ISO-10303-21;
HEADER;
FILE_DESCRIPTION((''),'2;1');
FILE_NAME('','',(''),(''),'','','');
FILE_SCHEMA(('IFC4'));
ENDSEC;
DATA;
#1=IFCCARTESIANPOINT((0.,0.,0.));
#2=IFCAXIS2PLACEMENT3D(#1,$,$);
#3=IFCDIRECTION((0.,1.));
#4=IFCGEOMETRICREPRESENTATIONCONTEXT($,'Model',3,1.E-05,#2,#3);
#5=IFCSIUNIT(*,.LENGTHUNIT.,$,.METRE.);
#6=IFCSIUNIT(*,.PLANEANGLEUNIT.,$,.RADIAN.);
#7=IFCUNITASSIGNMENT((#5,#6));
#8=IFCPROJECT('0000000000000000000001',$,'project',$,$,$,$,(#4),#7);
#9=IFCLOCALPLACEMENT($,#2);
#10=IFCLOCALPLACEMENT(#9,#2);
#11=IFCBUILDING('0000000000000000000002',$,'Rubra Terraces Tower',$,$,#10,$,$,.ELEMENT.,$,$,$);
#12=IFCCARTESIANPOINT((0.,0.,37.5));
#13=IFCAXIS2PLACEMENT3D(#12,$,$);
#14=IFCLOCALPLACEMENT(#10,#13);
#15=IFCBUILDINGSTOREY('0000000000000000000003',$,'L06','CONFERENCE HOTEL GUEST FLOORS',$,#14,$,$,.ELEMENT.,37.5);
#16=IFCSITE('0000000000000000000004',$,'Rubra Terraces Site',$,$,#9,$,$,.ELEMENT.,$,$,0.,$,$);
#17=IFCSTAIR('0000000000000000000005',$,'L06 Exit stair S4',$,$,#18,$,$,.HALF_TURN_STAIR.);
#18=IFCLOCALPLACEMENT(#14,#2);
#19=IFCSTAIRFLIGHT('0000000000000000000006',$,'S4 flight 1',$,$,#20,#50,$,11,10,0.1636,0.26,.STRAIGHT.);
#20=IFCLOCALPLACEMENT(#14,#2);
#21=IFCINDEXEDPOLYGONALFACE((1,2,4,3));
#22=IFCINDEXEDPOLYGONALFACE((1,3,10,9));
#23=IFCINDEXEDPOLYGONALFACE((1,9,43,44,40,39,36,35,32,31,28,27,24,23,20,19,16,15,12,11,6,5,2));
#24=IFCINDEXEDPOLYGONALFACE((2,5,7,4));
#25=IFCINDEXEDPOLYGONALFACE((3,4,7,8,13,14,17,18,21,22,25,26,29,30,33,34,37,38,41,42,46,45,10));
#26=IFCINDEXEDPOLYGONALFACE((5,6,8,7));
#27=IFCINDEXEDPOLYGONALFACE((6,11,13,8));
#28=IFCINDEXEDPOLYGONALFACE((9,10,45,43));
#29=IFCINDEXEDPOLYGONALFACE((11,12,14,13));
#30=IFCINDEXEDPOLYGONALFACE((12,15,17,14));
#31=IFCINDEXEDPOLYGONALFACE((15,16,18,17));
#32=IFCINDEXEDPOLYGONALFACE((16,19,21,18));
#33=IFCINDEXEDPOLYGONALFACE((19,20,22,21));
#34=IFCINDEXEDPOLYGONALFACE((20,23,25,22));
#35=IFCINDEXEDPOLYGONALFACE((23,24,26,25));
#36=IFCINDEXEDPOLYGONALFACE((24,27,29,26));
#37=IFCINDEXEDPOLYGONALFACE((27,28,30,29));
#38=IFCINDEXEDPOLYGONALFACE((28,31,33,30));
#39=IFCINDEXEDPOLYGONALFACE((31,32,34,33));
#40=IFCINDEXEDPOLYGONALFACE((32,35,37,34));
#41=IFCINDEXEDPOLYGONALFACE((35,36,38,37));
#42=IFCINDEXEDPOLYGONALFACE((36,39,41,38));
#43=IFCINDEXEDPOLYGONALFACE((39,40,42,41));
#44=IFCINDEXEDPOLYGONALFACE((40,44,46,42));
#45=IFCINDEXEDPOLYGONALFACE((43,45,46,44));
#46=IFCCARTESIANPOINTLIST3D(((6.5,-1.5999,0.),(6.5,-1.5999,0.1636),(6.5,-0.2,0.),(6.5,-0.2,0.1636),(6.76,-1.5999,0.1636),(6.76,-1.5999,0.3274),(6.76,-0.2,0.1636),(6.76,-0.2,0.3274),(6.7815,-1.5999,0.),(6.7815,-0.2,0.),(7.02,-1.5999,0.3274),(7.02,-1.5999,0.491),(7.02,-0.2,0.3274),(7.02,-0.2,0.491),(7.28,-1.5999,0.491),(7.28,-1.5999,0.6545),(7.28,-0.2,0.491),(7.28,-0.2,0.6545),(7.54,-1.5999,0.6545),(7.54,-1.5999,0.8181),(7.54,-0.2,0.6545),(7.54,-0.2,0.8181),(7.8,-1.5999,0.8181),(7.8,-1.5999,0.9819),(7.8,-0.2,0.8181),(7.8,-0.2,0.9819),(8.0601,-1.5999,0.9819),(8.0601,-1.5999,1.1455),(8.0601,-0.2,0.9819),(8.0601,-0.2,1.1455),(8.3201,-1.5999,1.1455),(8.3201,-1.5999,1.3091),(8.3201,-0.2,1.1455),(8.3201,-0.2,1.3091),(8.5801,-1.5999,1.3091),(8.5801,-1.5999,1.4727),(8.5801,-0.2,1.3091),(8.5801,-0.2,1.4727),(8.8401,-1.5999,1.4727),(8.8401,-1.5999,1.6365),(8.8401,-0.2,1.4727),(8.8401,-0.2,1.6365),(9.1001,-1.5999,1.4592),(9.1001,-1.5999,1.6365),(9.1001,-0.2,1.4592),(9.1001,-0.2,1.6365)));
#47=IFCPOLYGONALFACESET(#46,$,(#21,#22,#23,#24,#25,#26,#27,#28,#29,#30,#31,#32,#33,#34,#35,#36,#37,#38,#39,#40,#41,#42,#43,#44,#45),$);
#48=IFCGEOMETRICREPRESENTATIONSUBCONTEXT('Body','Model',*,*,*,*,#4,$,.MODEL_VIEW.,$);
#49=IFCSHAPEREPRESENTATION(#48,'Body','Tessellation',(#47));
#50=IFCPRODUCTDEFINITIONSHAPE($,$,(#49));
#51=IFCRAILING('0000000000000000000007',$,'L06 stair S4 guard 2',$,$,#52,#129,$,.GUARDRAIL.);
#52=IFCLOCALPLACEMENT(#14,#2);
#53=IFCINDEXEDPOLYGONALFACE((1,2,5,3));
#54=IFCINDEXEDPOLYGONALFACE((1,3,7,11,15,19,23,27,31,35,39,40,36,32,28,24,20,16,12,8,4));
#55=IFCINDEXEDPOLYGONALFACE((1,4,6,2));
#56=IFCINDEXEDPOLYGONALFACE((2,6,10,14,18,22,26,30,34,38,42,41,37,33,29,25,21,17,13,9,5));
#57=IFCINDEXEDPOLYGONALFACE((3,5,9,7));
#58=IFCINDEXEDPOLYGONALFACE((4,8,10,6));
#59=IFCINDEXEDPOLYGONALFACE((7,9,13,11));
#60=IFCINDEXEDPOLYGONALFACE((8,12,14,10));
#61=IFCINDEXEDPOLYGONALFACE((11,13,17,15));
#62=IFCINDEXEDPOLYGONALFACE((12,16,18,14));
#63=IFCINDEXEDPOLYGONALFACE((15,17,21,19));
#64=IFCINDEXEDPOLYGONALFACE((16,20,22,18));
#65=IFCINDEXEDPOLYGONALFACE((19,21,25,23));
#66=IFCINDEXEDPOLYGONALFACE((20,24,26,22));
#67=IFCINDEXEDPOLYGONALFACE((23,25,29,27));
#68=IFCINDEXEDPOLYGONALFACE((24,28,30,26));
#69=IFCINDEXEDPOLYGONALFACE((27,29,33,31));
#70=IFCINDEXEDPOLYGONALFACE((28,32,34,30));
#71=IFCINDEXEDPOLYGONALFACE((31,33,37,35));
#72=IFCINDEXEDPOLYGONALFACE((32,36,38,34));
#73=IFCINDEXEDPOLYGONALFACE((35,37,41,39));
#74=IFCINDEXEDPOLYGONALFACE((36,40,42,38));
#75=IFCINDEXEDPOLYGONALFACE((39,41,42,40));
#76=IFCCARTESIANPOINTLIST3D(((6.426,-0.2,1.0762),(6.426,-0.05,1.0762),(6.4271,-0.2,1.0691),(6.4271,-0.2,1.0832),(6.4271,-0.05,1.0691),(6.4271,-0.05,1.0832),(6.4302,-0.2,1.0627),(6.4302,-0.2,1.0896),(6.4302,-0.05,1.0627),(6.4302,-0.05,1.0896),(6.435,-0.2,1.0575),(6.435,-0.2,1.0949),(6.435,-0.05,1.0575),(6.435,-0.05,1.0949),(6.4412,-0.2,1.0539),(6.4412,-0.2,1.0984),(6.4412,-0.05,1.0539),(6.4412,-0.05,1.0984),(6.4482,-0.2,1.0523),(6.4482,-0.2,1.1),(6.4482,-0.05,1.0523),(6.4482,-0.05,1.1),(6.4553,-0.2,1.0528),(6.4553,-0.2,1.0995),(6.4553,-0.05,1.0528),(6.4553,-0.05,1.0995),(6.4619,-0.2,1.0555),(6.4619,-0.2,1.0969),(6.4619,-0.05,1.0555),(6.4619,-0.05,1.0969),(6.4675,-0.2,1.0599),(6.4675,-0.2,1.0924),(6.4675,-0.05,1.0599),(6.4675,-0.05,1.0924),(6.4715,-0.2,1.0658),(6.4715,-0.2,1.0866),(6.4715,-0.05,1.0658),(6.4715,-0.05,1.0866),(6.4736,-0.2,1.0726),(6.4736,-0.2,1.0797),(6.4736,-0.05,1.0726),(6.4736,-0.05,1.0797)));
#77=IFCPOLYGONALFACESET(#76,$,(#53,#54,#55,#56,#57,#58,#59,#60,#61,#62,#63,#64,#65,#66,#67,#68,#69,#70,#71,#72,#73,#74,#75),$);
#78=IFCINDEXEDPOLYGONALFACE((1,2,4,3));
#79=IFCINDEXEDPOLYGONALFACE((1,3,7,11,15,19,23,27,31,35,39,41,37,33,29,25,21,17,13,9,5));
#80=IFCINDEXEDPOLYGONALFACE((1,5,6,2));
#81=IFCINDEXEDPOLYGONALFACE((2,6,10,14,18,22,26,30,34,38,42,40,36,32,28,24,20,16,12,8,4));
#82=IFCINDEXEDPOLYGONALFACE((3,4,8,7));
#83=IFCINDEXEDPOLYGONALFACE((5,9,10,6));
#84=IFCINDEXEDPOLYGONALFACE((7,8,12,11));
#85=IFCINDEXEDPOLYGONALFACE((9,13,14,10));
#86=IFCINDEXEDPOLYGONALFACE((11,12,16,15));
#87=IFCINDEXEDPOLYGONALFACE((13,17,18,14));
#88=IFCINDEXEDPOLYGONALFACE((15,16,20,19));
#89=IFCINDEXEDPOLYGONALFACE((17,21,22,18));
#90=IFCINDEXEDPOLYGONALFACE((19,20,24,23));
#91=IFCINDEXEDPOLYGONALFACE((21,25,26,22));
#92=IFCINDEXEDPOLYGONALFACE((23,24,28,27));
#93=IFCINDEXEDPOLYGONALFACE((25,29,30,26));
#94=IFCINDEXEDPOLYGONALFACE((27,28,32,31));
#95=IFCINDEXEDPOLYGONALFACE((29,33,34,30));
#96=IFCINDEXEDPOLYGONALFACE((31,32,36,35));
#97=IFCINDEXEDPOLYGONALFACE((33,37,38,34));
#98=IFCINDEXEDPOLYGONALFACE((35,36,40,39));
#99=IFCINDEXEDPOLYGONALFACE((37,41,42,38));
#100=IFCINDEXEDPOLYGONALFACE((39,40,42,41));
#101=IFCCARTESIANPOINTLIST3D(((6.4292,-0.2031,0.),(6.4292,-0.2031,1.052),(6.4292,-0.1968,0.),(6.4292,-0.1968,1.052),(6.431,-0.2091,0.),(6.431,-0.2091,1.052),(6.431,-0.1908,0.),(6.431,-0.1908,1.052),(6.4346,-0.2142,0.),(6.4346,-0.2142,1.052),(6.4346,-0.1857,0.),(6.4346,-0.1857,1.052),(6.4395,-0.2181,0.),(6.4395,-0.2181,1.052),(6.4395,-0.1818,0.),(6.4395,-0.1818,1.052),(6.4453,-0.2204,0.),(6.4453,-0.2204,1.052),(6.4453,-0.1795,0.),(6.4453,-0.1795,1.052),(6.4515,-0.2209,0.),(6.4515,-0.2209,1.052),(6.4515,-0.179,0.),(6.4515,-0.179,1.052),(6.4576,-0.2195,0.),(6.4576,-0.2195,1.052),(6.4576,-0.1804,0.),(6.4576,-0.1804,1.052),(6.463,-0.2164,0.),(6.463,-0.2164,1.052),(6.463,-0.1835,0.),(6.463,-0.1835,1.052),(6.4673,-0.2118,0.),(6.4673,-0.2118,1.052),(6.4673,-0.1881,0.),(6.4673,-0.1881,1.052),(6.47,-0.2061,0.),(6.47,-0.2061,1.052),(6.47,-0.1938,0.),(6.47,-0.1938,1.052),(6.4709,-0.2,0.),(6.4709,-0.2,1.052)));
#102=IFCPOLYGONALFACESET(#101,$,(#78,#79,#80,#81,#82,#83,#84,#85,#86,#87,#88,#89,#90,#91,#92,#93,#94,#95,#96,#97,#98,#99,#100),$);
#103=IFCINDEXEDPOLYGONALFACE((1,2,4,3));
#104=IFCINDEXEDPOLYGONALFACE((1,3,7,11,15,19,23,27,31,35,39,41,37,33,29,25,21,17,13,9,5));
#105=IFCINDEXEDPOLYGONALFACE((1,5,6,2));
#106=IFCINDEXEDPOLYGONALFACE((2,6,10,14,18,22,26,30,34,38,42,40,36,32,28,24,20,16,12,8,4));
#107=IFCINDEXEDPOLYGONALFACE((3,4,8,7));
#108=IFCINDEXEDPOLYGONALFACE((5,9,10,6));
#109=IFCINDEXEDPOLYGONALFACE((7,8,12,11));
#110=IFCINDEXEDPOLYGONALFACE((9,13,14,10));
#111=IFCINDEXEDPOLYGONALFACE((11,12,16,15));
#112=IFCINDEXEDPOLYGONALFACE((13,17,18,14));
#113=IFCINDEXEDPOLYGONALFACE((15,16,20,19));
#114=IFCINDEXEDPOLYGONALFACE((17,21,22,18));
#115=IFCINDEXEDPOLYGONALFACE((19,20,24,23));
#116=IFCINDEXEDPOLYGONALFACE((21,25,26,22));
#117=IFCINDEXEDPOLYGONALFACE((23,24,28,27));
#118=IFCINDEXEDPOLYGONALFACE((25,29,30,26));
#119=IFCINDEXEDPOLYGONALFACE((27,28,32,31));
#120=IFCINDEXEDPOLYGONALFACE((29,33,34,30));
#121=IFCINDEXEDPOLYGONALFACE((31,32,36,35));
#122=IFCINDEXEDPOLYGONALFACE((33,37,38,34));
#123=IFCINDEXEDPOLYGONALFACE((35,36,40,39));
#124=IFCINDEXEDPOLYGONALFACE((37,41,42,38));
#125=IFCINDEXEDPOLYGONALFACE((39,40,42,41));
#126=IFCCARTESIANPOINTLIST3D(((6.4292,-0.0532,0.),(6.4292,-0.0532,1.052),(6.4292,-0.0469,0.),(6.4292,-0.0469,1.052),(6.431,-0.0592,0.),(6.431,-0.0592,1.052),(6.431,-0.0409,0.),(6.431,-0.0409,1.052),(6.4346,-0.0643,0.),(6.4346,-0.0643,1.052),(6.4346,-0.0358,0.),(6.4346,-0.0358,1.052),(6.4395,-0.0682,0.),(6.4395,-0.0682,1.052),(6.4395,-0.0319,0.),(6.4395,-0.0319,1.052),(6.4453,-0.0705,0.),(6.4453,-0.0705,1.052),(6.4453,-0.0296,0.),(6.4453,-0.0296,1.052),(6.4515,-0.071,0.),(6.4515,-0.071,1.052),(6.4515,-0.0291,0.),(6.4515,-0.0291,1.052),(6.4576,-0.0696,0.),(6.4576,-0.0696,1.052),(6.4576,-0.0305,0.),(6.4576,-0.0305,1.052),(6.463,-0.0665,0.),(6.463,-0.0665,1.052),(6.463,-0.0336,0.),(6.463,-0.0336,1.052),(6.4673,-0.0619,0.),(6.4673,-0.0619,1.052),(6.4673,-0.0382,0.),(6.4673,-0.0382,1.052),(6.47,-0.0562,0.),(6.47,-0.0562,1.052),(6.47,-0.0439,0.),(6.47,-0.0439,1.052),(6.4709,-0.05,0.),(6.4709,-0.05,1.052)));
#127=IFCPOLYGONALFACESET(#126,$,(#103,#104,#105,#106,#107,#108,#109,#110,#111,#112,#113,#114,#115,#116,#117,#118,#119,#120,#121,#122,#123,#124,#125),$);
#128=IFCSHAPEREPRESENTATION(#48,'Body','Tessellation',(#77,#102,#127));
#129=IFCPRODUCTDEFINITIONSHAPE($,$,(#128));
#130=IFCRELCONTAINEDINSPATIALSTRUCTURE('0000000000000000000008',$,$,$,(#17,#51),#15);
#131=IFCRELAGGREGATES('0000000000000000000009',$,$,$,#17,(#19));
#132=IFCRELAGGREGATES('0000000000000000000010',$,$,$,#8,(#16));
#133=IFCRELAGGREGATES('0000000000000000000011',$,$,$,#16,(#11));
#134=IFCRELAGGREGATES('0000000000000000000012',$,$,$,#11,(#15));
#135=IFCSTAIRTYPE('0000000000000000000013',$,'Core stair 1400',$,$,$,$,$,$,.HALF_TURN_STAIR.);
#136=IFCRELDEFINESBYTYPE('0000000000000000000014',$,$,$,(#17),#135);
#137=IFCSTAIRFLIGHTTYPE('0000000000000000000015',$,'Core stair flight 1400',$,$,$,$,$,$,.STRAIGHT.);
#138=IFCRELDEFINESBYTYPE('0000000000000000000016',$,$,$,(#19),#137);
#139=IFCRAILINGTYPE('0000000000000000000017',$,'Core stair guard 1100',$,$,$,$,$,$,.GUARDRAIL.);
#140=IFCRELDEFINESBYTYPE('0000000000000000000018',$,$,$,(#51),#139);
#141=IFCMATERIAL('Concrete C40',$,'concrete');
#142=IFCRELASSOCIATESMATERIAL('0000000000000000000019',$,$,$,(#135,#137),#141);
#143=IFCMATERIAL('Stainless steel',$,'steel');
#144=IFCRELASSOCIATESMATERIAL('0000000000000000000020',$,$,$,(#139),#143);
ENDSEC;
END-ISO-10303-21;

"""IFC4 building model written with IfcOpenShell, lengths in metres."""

from ifc_helpers import new_model, si_unit, direction, frame, origin, origin_2d, place, context, subcontext, project, spatial, polyline, circle, outline, extrude, material, type_object, element, aggregate, save


model = new_model("IFC4")

# Units and contexts
model_context = context("Model", 3, precision=1e-05, world=origin(), true_north=direction((0.0, 1.0)))
body_context = subcontext(model_context, "Body", "Model", "MODEL_VIEW")
ifc_project = project(units=[si_unit("LENGTHUNIT", "METRE"), si_unit("PLANEANGLEUNIT", "RADIAN")], contexts=[model_context])

# Site, building, storey
site_placement = place(None, origin())
site = spatial("IfcSite", under=ifc_project, at=site_placement, Name="Rubra Terraces Site", CompositionType="ELEMENT", RefElevation=0.0)
building_placement = place(site_placement, origin())
building = spatial("IfcBuilding", under=site, at=building_placement, Name="Rubra Terraces Tower", CompositionType="ELEMENT")
storey_placement = place(building_placement, frame((0.0, 0.0, 37.5)))
storey = spatial("IfcBuildingStorey", under=building, at=storey_placement, Name="L06", Description="CONFERENCE HOTEL GUEST FLOORS", CompositionType="ELEMENT", Elevation=37.5)

# Stair
ifc_material_1 = material(Name="Concrete C40", Category="concrete")
stair_type = type_object("IfcStairType", Name="Core stair 1400", PredefinedType="HALF_TURN_STAIR", material=ifc_material_1)
stair_1_placement = place(storey_placement, origin())
stair_1 = element("IfcStair", 1, at=stair_1_placement, inside=storey, type_object=stair_type, Name="L06 Exit stair S4", PredefinedType="HALF_TURN_STAIR")

# Stair flight
stair_flight_type = type_object("IfcStairFlightType", Name="Core stair flight 1400", PredefinedType="STRAIGHT", material=ifc_material_1)
stair_flight_placement = place(storey_placement, frame((6.5, -0.8999, 0.0), z_axis=(0.0, 0.0, 1.0), x_axis=(1.0, 0.0, 0.0)))
stair_flight = element("IfcStairFlight", 2, at=stair_flight_placement, type_object=stair_flight_type, Name="S4 flight 1", NumberOfRisers=11, NumberOfTreads=10, PredefinedType="STRAIGHT", RiserHeight=0.1636, TreadLength=0.26, context=body_context, shape_type="SweptSolid", body=[
    extrude(outline(polyline([(0.0, 0.0), (0.0, 0.1636), (0.26, 0.1636), (0.26, 0.3274), (0.52, 0.3274), (0.52, 0.491), (0.78, 0.491), (0.78, 0.6545), (1.04, 0.6545), (1.04, 0.8181), (1.3, 0.8181), (1.3, 0.9819), (1.5601, 0.9819), (1.5601, 1.1455), (1.8201, 1.1455), (1.8201, 1.3091), (2.0801, 1.3091), (2.0801, 1.4727), (2.3401, 1.4727), (2.3401, 1.6365), (2.6001, 1.6365), (2.6001, 1.8), (2.6001, 1.4592), (0.2815, 0.0), (0.0, 0.0)])), frame((0.0, 0.7, 0.0), z_axis=(0.0, -1.0, 0.0), x_axis=(1.0, 0.0, 0.0)), (0.0, 0.0, 1.0), 1.3999),
])
aggregate(stair_1, [stair_flight])

# Railing
ifc_material_2 = material(Name="Stainless steel", Category="steel")
railing_type_1 = type_object("IfcRailingType", Name="Core stair guard 1100", PredefinedType="GUARDRAIL", material=ifc_material_2)
railing_1_placement = place(storey_placement, frame((6.45, -0.2, 0.0)))
element("IfcRailing", 3, at=railing_1_placement, inside=storey, type_object=railing_type_1, Name="L06 stair S4 guard 2", PredefinedType="GUARDRAIL", context=body_context, shape_type="SweptSolid", body=[
    extrude(circle(Radius=0.0239, at=origin_2d()), frame((0.0, 0.0, 1.0762), z_axis=(0.0, 1.0, 0.0), x_axis=(-1.0, 0.0, 0.0)), (0.0, 0.0, 1.0), 0.1499),
    extrude(circle(Radius=0.021, at=origin_2d()), origin(), (0.0, 0.0, 1.0), 1.052),
    extrude(circle(Radius=0.021, at=origin_2d()), frame((0.0, 0.1499, 0.0)), (0.0, 0.0, 1.0), 1.052),
])

save(model, "model.ifc")
